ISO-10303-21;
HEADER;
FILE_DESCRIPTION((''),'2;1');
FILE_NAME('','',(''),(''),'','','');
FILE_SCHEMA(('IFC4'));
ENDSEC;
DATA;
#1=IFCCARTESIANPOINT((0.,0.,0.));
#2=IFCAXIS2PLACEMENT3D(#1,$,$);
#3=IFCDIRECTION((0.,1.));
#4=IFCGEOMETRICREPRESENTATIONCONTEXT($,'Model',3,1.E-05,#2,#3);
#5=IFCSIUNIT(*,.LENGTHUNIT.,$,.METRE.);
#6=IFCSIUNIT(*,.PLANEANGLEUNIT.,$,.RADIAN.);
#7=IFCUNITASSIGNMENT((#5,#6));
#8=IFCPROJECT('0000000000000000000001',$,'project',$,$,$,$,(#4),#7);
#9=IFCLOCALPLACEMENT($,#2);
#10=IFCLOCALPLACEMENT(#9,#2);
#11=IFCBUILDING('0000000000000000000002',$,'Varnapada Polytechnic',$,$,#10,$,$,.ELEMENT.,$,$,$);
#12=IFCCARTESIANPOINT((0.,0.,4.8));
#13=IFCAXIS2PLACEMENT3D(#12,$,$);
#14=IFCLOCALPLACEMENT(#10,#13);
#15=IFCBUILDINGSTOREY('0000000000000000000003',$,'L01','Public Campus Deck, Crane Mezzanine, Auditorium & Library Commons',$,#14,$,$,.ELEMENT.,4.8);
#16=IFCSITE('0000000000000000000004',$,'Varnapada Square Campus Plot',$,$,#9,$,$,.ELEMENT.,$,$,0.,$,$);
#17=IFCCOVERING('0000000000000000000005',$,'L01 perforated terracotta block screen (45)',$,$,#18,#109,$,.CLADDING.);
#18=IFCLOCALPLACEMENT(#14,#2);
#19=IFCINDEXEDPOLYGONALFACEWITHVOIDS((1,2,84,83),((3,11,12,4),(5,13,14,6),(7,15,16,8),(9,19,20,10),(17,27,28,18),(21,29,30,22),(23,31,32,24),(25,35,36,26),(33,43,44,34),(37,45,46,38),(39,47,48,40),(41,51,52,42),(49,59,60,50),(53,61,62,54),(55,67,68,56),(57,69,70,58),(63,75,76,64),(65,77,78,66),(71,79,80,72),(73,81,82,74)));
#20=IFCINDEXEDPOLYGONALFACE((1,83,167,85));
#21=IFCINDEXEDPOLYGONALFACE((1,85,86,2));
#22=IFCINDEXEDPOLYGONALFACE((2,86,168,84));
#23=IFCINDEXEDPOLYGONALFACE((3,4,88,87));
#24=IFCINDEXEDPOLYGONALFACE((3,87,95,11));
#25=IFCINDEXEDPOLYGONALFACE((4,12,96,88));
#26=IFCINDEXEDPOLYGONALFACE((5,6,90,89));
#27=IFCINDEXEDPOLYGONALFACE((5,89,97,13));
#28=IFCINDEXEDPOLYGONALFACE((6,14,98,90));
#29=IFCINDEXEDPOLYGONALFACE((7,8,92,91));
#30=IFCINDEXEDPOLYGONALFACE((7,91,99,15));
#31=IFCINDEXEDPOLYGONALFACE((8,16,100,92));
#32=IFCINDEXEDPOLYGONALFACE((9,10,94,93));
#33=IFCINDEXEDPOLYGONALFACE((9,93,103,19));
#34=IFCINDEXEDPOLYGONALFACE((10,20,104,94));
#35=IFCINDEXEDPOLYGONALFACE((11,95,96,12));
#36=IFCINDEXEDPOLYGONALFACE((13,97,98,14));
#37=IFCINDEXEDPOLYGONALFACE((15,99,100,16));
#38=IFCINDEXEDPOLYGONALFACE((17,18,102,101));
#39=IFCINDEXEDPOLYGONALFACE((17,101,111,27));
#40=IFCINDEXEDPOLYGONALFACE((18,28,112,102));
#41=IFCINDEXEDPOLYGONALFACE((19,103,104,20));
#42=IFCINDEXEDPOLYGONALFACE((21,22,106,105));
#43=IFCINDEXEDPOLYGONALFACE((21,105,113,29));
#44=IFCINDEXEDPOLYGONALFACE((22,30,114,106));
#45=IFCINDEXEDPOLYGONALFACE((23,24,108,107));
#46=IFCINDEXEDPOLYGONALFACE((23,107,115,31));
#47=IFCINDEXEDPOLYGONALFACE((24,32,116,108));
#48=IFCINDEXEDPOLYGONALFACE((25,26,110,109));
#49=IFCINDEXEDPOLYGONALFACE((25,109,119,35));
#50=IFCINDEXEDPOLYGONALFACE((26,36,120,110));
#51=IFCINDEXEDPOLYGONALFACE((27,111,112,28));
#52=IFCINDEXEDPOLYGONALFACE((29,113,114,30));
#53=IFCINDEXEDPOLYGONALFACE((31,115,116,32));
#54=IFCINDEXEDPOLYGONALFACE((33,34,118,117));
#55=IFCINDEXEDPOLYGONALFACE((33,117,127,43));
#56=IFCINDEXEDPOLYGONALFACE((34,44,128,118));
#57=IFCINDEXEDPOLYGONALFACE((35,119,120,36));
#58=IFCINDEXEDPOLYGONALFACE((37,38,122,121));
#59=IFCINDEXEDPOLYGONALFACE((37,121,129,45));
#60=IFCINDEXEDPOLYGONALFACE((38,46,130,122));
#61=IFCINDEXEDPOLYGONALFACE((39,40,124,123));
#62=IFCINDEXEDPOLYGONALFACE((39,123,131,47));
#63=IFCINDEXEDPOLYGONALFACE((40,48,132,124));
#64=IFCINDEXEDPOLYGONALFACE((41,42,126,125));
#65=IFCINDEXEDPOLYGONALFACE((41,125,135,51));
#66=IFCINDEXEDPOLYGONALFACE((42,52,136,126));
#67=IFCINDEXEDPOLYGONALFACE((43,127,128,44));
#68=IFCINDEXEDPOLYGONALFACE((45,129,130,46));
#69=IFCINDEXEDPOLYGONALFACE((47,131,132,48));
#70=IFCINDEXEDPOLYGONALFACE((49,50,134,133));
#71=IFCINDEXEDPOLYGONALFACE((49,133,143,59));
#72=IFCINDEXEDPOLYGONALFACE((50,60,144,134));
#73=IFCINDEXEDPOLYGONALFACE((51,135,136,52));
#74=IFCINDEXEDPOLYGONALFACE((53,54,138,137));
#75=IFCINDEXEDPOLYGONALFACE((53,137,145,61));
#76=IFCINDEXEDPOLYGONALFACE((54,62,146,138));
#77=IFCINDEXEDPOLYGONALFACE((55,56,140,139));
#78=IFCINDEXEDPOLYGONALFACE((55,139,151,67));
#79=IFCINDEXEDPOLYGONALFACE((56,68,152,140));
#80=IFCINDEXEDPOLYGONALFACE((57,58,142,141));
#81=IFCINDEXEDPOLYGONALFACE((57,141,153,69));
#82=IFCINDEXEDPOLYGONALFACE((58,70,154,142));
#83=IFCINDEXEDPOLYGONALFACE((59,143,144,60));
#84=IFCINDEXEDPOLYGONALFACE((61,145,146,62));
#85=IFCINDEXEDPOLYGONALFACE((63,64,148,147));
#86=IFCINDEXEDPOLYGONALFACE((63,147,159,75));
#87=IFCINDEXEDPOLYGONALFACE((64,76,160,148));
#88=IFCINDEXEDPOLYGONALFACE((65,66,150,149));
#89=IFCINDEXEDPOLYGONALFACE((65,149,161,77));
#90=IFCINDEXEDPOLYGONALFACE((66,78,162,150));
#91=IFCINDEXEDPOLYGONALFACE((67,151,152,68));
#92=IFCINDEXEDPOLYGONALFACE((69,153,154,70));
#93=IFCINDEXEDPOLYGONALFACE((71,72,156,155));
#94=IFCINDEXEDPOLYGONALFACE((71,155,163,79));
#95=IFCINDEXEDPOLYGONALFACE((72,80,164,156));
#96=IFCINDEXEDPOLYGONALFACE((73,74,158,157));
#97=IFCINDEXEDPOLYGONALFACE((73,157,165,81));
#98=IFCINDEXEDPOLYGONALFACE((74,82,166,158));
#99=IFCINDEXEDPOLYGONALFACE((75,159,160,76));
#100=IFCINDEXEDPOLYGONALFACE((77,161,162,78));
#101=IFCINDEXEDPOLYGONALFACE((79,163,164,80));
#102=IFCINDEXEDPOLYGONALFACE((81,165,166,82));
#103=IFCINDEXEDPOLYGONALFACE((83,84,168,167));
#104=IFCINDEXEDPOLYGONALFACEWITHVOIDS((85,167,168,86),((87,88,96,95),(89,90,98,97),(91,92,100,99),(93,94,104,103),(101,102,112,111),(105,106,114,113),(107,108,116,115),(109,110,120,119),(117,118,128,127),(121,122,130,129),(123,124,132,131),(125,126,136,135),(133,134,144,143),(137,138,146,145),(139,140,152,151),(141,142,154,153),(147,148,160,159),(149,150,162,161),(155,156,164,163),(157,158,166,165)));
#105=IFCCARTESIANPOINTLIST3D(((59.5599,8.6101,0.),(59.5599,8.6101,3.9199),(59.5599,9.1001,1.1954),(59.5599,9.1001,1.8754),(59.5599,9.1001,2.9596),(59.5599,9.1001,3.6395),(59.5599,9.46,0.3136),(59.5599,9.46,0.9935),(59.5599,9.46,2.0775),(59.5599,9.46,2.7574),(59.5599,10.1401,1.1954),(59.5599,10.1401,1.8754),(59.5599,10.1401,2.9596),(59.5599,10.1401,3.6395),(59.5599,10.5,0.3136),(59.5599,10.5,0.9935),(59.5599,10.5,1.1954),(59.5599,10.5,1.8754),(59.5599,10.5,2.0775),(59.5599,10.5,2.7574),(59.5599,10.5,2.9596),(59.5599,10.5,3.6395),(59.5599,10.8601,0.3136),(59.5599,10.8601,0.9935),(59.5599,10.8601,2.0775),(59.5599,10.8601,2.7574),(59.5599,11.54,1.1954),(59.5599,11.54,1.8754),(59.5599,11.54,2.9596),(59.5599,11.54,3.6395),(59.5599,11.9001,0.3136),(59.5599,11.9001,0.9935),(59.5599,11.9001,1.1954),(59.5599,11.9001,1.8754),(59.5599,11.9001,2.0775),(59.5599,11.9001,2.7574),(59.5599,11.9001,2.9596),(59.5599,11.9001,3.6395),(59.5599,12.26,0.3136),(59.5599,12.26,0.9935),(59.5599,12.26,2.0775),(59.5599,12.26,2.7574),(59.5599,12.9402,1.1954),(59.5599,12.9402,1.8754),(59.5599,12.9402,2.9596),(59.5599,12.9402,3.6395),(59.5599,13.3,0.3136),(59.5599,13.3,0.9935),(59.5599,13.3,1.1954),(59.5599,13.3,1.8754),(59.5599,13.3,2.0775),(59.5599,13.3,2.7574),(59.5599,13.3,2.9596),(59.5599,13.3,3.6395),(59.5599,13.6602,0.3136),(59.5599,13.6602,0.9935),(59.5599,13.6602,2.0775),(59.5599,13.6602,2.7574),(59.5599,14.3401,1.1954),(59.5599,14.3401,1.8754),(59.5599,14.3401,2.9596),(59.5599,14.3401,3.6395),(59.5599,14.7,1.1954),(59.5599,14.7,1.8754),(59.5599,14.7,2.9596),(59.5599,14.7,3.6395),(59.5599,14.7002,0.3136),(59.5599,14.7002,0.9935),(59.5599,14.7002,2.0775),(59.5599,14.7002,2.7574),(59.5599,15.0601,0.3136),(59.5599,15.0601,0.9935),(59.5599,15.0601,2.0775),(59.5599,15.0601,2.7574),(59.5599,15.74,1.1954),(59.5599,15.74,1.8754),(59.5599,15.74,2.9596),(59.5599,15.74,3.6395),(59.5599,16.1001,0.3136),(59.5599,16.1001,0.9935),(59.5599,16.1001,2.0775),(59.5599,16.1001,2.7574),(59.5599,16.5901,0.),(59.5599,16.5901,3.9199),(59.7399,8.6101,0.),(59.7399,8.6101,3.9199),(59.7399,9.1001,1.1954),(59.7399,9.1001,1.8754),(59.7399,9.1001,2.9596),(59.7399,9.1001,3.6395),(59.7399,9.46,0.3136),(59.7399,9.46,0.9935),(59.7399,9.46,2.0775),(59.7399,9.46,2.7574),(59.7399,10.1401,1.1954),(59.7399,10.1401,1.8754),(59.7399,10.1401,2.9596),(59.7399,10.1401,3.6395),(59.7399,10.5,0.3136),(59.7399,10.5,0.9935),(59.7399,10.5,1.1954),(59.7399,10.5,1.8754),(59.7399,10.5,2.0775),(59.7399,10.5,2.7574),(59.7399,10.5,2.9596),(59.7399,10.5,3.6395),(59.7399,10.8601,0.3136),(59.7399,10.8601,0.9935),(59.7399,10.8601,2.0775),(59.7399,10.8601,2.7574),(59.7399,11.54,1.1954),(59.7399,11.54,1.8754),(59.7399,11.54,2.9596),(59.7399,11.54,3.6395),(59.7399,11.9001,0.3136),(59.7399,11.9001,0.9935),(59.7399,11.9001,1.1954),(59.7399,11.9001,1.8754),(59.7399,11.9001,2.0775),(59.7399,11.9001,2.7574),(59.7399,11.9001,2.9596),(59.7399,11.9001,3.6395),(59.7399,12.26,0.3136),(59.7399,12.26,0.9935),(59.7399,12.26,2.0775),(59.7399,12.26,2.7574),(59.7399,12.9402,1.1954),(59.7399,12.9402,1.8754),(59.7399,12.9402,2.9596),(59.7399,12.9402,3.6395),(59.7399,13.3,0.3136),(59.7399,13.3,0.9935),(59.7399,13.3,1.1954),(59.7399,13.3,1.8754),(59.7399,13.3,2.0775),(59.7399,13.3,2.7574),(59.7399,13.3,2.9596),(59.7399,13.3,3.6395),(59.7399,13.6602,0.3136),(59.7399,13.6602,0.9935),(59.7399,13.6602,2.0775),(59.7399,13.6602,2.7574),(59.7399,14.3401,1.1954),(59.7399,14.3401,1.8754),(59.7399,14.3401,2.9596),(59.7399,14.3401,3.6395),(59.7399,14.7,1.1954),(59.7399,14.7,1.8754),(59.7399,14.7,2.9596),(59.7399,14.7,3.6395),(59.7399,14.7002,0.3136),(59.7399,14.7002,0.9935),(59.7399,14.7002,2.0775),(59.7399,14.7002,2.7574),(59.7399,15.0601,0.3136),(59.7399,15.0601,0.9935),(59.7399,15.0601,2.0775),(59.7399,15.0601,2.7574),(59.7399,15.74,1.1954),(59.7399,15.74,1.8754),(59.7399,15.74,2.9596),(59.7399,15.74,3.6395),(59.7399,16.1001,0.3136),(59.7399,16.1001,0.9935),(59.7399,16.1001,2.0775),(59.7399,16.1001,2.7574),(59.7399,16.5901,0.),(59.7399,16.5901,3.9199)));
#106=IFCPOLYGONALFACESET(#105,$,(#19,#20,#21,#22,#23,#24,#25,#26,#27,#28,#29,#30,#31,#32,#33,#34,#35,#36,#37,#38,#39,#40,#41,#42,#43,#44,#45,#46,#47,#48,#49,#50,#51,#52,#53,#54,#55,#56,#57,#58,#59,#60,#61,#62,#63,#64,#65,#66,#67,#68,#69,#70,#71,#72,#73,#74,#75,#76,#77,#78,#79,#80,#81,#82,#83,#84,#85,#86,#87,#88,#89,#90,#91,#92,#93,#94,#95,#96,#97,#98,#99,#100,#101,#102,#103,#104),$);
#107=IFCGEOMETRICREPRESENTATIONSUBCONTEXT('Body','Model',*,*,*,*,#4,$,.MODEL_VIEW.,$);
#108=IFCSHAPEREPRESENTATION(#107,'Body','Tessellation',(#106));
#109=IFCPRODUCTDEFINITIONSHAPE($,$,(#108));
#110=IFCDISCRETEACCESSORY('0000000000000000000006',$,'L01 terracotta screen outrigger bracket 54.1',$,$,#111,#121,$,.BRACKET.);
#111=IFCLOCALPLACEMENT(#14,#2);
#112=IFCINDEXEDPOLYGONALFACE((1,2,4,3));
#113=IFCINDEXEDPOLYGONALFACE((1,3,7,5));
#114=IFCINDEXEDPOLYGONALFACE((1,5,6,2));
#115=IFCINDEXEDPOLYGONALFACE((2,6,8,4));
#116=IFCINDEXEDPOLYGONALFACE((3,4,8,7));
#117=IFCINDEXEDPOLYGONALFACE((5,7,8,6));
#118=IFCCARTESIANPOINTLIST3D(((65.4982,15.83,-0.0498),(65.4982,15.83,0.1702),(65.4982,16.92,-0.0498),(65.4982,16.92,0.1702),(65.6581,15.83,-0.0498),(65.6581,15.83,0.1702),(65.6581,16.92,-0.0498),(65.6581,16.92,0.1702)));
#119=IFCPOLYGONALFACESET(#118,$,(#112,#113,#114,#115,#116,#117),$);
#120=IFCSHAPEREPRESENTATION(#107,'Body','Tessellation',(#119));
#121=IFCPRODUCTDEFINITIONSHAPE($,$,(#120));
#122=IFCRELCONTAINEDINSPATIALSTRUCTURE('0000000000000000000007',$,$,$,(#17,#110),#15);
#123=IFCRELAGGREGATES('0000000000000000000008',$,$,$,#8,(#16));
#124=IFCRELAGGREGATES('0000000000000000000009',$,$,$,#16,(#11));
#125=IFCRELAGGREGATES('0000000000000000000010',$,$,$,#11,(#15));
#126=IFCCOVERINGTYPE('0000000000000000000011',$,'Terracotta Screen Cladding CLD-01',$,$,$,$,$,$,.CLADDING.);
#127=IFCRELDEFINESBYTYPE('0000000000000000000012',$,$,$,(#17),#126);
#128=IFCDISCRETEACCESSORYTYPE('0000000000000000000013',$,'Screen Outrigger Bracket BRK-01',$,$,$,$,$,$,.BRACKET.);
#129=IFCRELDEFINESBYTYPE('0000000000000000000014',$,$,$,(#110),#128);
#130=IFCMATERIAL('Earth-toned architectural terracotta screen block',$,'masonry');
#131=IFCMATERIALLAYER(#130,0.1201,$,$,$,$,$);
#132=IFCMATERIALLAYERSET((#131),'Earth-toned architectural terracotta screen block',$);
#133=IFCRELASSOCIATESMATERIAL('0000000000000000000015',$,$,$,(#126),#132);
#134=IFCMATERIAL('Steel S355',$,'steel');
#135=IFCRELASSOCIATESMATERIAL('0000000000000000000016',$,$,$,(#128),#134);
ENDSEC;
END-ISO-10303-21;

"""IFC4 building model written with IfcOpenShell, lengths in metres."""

from ifc_helpers import new_model, si_unit, direction, frame, frame_2d, origin, origin_2d, place, context, subcontext, project, spatial, rectangle, extrude, material, layer, layer_set, type_object, element, save


model = new_model("IFC4")

# Units and contexts
model_context = context("Model", 3, precision=1e-05, world=origin(), true_north=direction((0.0, 1.0)))
body_context = subcontext(model_context, "Body", "Model", "MODEL_VIEW")
ifc_project = project(units=[si_unit("LENGTHUNIT", "METRE"), si_unit("PLANEANGLEUNIT", "RADIAN")], contexts=[model_context])

# Site, building, storey
site_placement = place(None, origin())
site = spatial("IfcSite", under=ifc_project, at=site_placement, Name="Varnapada Square Campus Plot", CompositionType="ELEMENT", RefElevation=0.0)
building_placement = place(site_placement, origin())
building = spatial("IfcBuilding", under=site, at=building_placement, Name="Varnapada Polytechnic", CompositionType="ELEMENT")
storey_placement = place(building_placement, frame((0.0, 0.0, 4.8)))
storey = spatial("IfcBuildingStorey", under=building, at=storey_placement, Name="L01", Description="Public Campus Deck, Crane Mezzanine, Auditorium & Library Commons", CompositionType="ELEMENT", Elevation=4.8)

# Covering, openings
ifc_material_1 = material(Name="Earth-toned architectural terracotta screen block", Category="masonry")
ifc_layer_1 = layer(ifc_material_1, 0.1201)
ifc_layer_set_1 = layer_set([ifc_layer_1], Name="Earth-toned architectural terracotta screen block")
covering_type = type_object("IfcCoveringType", Name="Terracotta Screen Cladding CLD-01", PredefinedType="CLADDING", material=ifc_layer_set_1)
covering_placement = place(storey_placement, frame((59.6499, 16.5901, 0.0), z_axis=(0.0, 0.0, 1.0), x_axis=(0.0, -1.0, 0.0)))
covering = element("IfcCovering", 1, at=covering_placement, inside=storey, type_object=covering_type, Name="L01 perforated terracotta block screen (45)", PredefinedType="CLADDING", context=body_context, shape_type="SweptSolid", body=[
    extrude(rectangle(XDim=7.98, YDim=0.1799, at=frame_2d((3.99, 0.0))), origin(), (0.0, 0.0, 1.0), 3.9199),
])
opening_1_placement = place(covering_placement, frame((0.49, 0.0, 0.3137)))
element("IfcOpeningElement", 2, at=opening_1_placement, cuts=covering, PredefinedType="OPENING", context=body_context, shape_type="SweptSolid", body=[
    extrude(rectangle(XDim=1.04, YDim=0.6799, at=frame_2d((0.52, 0.3398))), frame((0.0, 0.0999, 0.0), z_axis=(0.0, -1.0, 0.0), x_axis=(1.0, 0.0, 0.0)), (0.0, 0.0, 1.0), 0.2),
])
opening_2_placement = place(covering_placement, frame((1.8899, 0.0, 0.3137)))
element("IfcOpeningElement", 3, at=opening_2_placement, cuts=covering, PredefinedType="OPENING", context=body_context, shape_type="SweptSolid", body=[
    extrude(rectangle(XDim=1.04, YDim=0.6799, at=frame_2d((0.52, 0.3398))), frame((0.0, 0.0999, 0.0), z_axis=(0.0, -1.0, 0.0), x_axis=(1.0, 0.0, 0.0)), (0.0, 0.0, 1.0), 0.2),
])
opening_3_placement = place(covering_placement, frame((3.29, 0.0, 0.3137)))
element("IfcOpeningElement", 4, at=opening_3_placement, cuts=covering, PredefinedType="OPENING", context=body_context, shape_type="SweptSolid", body=[
    extrude(rectangle(XDim=1.04, YDim=0.6799, at=frame_2d((0.52, 0.3398))), frame((0.0, 0.0999, 0.0), z_axis=(0.0, -1.0, 0.0), x_axis=(1.0, 0.0, 0.0)), (0.0, 0.0, 1.0), 0.2),
])
opening_4_placement = place(covering_placement, frame((4.6899, 0.0, 0.3137)))
element("IfcOpeningElement", 5, at=opening_4_placement, cuts=covering, PredefinedType="OPENING", context=body_context, shape_type="SweptSolid", body=[
    extrude(rectangle(XDim=1.04, YDim=0.6799, at=frame_2d((0.52, 0.3398))), frame((0.0, 0.0999, 0.0), z_axis=(0.0, -1.0, 0.0), x_axis=(1.0, 0.0, 0.0)), (0.0, 0.0, 1.0), 0.2),
])
opening_5_placement = place(covering_placement, frame((6.0901, 0.0, 0.3137)))
element("IfcOpeningElement", 6, at=opening_5_placement, cuts=covering, PredefinedType="OPENING", context=body_context, shape_type="SweptSolid", body=[
    extrude(rectangle(XDim=1.04, YDim=0.6799, at=frame_2d((0.52, 0.3398))), frame((0.0, 0.0999, 0.0), z_axis=(0.0, -1.0, 0.0), x_axis=(1.0, 0.0, 0.0)), (0.0, 0.0, 1.0), 0.2),
])
opening_6_placement = place(covering_placement, frame((0.8501, 0.0, 1.1956)))
element("IfcOpeningElement", 7, at=opening_6_placement, cuts=covering, PredefinedType="OPENING", context=body_context, shape_type="SweptSolid", body=[
    extrude(rectangle(XDim=1.04, YDim=0.6799, at=frame_2d((0.52, 0.3398))), frame((0.0, 0.0999, 0.0), z_axis=(0.0, -1.0, 0.0), x_axis=(1.0, 0.0, 0.0)), (0.0, 0.0, 1.0), 0.2),
])
opening_7_placement = place(covering_placement, frame((2.25, 0.0, 1.1956)))
element("IfcOpeningElement", 8, at=opening_7_placement, cuts=covering, PredefinedType="OPENING", context=body_context, shape_type="SweptSolid", body=[
    extrude(rectangle(XDim=1.04, YDim=0.6799, at=frame_2d((0.52, 0.3398))), frame((0.0, 0.0999, 0.0), z_axis=(0.0, -1.0, 0.0), x_axis=(1.0, 0.0, 0.0)), (0.0, 0.0, 1.0), 0.2),
])
opening_8_placement = place(covering_placement, frame((3.6499, 0.0, 1.1956)))
element("IfcOpeningElement", 9, at=opening_8_placement, cuts=covering, PredefinedType="OPENING", context=body_context, shape_type="SweptSolid", body=[
    extrude(rectangle(XDim=1.04, YDim=0.6799, at=frame_2d((0.52, 0.3398))), frame((0.0, 0.0999, 0.0), z_axis=(0.0, -1.0, 0.0), x_axis=(1.0, 0.0, 0.0)), (0.0, 0.0, 1.0), 0.2),
])
opening_9_placement = place(covering_placement, frame((5.05, 0.0, 1.1956)))
element("IfcOpeningElement", 10, at=opening_9_placement, cuts=covering, PredefinedType="OPENING", context=body_context, shape_type="SweptSolid", body=[
    extrude(rectangle(XDim=1.04, YDim=0.6799, at=frame_2d((0.52, 0.3398))), frame((0.0, 0.0999, 0.0), z_axis=(0.0, -1.0, 0.0), x_axis=(1.0, 0.0, 0.0)), (0.0, 0.0, 1.0), 0.2),
])
opening_10_placement = place(covering_placement, frame((6.45, 0.0, 1.1956)))
element("IfcOpeningElement", 11, at=opening_10_placement, cuts=covering, PredefinedType="OPENING", context=body_context, shape_type="SweptSolid", body=[
    extrude(rectangle(XDim=1.04, YDim=0.6799, at=frame_2d((0.52, 0.3398))), frame((0.0, 0.0999, 0.0), z_axis=(0.0, -1.0, 0.0), x_axis=(1.0, 0.0, 0.0)), (0.0, 0.0, 1.0), 0.2),
])
opening_11_placement = place(covering_placement, frame((0.49, 0.0, 2.0776)))
element("IfcOpeningElement", 12, at=opening_11_placement, cuts=covering, PredefinedType="OPENING", context=body_context, shape_type="SweptSolid", body=[
    extrude(rectangle(XDim=1.04, YDim=0.6799, at=frame_2d((0.52, 0.3398))), frame((0.0, 0.0999, 0.0), z_axis=(0.0, -1.0, 0.0), x_axis=(1.0, 0.0, 0.0)), (0.0, 0.0, 1.0), 0.2),
])
opening_12_placement = place(covering_placement, frame((1.8899, 0.0, 2.0776)))
element("IfcOpeningElement", 13, at=opening_12_placement, cuts=covering, PredefinedType="OPENING", context=body_context, shape_type="SweptSolid", body=[
    extrude(rectangle(XDim=1.04, YDim=0.6799, at=frame_2d((0.52, 0.3398))), frame((0.0, 0.0999, 0.0), z_axis=(0.0, -1.0, 0.0), x_axis=(1.0, 0.0, 0.0)), (0.0, 0.0, 1.0), 0.2),
])
opening_13_placement = place(covering_placement, frame((3.29, 0.0, 2.0776)))
element("IfcOpeningElement", 14, at=opening_13_placement, cuts=covering, PredefinedType="OPENING", context=body_context, shape_type="SweptSolid", body=[
    extrude(rectangle(XDim=1.04, YDim=0.6799, at=frame_2d((0.52, 0.3398))), frame((0.0, 0.0999, 0.0), z_axis=(0.0, -1.0, 0.0), x_axis=(1.0, 0.0, 0.0)), (0.0, 0.0, 1.0), 0.2),
])
opening_14_placement = place(covering_placement, frame((4.6899, 0.0, 2.0776)))
element("IfcOpeningElement", 15, at=opening_14_placement, cuts=covering, PredefinedType="OPENING", context=body_context, shape_type="SweptSolid", body=[
    extrude(rectangle(XDim=1.04, YDim=0.6799, at=frame_2d((0.52, 0.3398))), frame((0.0, 0.0999, 0.0), z_axis=(0.0, -1.0, 0.0), x_axis=(1.0, 0.0, 0.0)), (0.0, 0.0, 1.0), 0.2),
])
opening_15_placement = place(covering_placement, frame((6.0901, 0.0, 2.0776)))
element("IfcOpeningElement", 16, at=opening_15_placement, cuts=covering, PredefinedType="OPENING", context=body_context, shape_type="SweptSolid", body=[
    extrude(rectangle(XDim=1.04, YDim=0.6799, at=frame_2d((0.52, 0.3398))), frame((0.0, 0.0999, 0.0), z_axis=(0.0, -1.0, 0.0), x_axis=(1.0, 0.0, 0.0)), (0.0, 0.0, 1.0), 0.2),
])
opening_16_placement = place(covering_placement, frame((0.8501, 0.0, 2.9597)))
element("IfcOpeningElement", 17, at=opening_16_placement, cuts=covering, PredefinedType="OPENING", context=body_context, shape_type="SweptSolid", body=[
    extrude(rectangle(XDim=1.04, YDim=0.6799, at=frame_2d((0.52, 0.3398))), frame((0.0, 0.0999, 0.0), z_axis=(0.0, -1.0, 0.0), x_axis=(1.0, 0.0, 0.0)), (0.0, 0.0, 1.0), 0.2),
])
opening_17_placement = place(covering_placement, frame((2.25, 0.0, 2.9597)))
element("IfcOpeningElement", 18, at=opening_17_placement, cuts=covering, PredefinedType="OPENING", context=body_context, shape_type="SweptSolid", body=[
    extrude(rectangle(XDim=1.04, YDim=0.6799, at=frame_2d((0.52, 0.3398))), frame((0.0, 0.0999, 0.0), z_axis=(0.0, -1.0, 0.0), x_axis=(1.0, 0.0, 0.0)), (0.0, 0.0, 1.0), 0.2),
])
opening_18_placement = place(covering_placement, frame((3.6499, 0.0, 2.9597)))
element("IfcOpeningElement", 19, at=opening_18_placement, cuts=covering, PredefinedType="OPENING", context=body_context, shape_type="SweptSolid", body=[
    extrude(rectangle(XDim=1.04, YDim=0.6799, at=frame_2d((0.52, 0.3398))), frame((0.0, 0.0999, 0.0), z_axis=(0.0, -1.0, 0.0), x_axis=(1.0, 0.0, 0.0)), (0.0, 0.0, 1.0), 0.2),
])
opening_19_placement = place(covering_placement, frame((5.05, 0.0, 2.9597)))
element("IfcOpeningElement", 20, at=opening_19_placement, cuts=covering, PredefinedType="OPENING", context=body_context, shape_type="SweptSolid", body=[
    extrude(rectangle(XDim=1.04, YDim=0.6799, at=frame_2d((0.52, 0.3398))), frame((0.0, 0.0999, 0.0), z_axis=(0.0, -1.0, 0.0), x_axis=(1.0, 0.0, 0.0)), (0.0, 0.0, 1.0), 0.2),
])
opening_20_placement = place(covering_placement, frame((6.45, 0.0, 2.9597)))
element("IfcOpeningElement", 21, at=opening_20_placement, cuts=covering, PredefinedType="OPENING", context=body_context, shape_type="SweptSolid", body=[
    extrude(rectangle(XDim=1.04, YDim=0.6799, at=frame_2d((0.52, 0.3398))), frame((0.0, 0.0999, 0.0), z_axis=(0.0, -1.0, 0.0), x_axis=(1.0, 0.0, 0.0)), (0.0, 0.0, 1.0), 0.2),
])

# Discrete accessory
ifc_material_2 = material(Name="Steel S355", Category="steel")
discrete_accessory_type = type_object("IfcDiscreteAccessoryType", Name="Screen Outrigger Bracket BRK-01", PredefinedType="BRACKET", material=ifc_material_2)
discrete_accessory_placement = place(storey_placement, frame((65.5781, 16.375, -0.0498), z_axis=(0.0, 0.0, 1.0), x_axis=(-1.0, 0.0, 0.0)))
element("IfcDiscreteAccessory", 22, at=discrete_accessory_placement, inside=storey, type_object=discrete_accessory_type, Name="L01 terracotta screen outrigger bracket 54.1", PredefinedType="BRACKET", context=body_context, shape_type="SweptSolid", body=[
    extrude(rectangle(XDim=0.1599, YDim=1.0901, at=origin_2d()), origin(), (0.0, 0.0, 1.0), 0.22),
])

save(model, "model.ifc")
